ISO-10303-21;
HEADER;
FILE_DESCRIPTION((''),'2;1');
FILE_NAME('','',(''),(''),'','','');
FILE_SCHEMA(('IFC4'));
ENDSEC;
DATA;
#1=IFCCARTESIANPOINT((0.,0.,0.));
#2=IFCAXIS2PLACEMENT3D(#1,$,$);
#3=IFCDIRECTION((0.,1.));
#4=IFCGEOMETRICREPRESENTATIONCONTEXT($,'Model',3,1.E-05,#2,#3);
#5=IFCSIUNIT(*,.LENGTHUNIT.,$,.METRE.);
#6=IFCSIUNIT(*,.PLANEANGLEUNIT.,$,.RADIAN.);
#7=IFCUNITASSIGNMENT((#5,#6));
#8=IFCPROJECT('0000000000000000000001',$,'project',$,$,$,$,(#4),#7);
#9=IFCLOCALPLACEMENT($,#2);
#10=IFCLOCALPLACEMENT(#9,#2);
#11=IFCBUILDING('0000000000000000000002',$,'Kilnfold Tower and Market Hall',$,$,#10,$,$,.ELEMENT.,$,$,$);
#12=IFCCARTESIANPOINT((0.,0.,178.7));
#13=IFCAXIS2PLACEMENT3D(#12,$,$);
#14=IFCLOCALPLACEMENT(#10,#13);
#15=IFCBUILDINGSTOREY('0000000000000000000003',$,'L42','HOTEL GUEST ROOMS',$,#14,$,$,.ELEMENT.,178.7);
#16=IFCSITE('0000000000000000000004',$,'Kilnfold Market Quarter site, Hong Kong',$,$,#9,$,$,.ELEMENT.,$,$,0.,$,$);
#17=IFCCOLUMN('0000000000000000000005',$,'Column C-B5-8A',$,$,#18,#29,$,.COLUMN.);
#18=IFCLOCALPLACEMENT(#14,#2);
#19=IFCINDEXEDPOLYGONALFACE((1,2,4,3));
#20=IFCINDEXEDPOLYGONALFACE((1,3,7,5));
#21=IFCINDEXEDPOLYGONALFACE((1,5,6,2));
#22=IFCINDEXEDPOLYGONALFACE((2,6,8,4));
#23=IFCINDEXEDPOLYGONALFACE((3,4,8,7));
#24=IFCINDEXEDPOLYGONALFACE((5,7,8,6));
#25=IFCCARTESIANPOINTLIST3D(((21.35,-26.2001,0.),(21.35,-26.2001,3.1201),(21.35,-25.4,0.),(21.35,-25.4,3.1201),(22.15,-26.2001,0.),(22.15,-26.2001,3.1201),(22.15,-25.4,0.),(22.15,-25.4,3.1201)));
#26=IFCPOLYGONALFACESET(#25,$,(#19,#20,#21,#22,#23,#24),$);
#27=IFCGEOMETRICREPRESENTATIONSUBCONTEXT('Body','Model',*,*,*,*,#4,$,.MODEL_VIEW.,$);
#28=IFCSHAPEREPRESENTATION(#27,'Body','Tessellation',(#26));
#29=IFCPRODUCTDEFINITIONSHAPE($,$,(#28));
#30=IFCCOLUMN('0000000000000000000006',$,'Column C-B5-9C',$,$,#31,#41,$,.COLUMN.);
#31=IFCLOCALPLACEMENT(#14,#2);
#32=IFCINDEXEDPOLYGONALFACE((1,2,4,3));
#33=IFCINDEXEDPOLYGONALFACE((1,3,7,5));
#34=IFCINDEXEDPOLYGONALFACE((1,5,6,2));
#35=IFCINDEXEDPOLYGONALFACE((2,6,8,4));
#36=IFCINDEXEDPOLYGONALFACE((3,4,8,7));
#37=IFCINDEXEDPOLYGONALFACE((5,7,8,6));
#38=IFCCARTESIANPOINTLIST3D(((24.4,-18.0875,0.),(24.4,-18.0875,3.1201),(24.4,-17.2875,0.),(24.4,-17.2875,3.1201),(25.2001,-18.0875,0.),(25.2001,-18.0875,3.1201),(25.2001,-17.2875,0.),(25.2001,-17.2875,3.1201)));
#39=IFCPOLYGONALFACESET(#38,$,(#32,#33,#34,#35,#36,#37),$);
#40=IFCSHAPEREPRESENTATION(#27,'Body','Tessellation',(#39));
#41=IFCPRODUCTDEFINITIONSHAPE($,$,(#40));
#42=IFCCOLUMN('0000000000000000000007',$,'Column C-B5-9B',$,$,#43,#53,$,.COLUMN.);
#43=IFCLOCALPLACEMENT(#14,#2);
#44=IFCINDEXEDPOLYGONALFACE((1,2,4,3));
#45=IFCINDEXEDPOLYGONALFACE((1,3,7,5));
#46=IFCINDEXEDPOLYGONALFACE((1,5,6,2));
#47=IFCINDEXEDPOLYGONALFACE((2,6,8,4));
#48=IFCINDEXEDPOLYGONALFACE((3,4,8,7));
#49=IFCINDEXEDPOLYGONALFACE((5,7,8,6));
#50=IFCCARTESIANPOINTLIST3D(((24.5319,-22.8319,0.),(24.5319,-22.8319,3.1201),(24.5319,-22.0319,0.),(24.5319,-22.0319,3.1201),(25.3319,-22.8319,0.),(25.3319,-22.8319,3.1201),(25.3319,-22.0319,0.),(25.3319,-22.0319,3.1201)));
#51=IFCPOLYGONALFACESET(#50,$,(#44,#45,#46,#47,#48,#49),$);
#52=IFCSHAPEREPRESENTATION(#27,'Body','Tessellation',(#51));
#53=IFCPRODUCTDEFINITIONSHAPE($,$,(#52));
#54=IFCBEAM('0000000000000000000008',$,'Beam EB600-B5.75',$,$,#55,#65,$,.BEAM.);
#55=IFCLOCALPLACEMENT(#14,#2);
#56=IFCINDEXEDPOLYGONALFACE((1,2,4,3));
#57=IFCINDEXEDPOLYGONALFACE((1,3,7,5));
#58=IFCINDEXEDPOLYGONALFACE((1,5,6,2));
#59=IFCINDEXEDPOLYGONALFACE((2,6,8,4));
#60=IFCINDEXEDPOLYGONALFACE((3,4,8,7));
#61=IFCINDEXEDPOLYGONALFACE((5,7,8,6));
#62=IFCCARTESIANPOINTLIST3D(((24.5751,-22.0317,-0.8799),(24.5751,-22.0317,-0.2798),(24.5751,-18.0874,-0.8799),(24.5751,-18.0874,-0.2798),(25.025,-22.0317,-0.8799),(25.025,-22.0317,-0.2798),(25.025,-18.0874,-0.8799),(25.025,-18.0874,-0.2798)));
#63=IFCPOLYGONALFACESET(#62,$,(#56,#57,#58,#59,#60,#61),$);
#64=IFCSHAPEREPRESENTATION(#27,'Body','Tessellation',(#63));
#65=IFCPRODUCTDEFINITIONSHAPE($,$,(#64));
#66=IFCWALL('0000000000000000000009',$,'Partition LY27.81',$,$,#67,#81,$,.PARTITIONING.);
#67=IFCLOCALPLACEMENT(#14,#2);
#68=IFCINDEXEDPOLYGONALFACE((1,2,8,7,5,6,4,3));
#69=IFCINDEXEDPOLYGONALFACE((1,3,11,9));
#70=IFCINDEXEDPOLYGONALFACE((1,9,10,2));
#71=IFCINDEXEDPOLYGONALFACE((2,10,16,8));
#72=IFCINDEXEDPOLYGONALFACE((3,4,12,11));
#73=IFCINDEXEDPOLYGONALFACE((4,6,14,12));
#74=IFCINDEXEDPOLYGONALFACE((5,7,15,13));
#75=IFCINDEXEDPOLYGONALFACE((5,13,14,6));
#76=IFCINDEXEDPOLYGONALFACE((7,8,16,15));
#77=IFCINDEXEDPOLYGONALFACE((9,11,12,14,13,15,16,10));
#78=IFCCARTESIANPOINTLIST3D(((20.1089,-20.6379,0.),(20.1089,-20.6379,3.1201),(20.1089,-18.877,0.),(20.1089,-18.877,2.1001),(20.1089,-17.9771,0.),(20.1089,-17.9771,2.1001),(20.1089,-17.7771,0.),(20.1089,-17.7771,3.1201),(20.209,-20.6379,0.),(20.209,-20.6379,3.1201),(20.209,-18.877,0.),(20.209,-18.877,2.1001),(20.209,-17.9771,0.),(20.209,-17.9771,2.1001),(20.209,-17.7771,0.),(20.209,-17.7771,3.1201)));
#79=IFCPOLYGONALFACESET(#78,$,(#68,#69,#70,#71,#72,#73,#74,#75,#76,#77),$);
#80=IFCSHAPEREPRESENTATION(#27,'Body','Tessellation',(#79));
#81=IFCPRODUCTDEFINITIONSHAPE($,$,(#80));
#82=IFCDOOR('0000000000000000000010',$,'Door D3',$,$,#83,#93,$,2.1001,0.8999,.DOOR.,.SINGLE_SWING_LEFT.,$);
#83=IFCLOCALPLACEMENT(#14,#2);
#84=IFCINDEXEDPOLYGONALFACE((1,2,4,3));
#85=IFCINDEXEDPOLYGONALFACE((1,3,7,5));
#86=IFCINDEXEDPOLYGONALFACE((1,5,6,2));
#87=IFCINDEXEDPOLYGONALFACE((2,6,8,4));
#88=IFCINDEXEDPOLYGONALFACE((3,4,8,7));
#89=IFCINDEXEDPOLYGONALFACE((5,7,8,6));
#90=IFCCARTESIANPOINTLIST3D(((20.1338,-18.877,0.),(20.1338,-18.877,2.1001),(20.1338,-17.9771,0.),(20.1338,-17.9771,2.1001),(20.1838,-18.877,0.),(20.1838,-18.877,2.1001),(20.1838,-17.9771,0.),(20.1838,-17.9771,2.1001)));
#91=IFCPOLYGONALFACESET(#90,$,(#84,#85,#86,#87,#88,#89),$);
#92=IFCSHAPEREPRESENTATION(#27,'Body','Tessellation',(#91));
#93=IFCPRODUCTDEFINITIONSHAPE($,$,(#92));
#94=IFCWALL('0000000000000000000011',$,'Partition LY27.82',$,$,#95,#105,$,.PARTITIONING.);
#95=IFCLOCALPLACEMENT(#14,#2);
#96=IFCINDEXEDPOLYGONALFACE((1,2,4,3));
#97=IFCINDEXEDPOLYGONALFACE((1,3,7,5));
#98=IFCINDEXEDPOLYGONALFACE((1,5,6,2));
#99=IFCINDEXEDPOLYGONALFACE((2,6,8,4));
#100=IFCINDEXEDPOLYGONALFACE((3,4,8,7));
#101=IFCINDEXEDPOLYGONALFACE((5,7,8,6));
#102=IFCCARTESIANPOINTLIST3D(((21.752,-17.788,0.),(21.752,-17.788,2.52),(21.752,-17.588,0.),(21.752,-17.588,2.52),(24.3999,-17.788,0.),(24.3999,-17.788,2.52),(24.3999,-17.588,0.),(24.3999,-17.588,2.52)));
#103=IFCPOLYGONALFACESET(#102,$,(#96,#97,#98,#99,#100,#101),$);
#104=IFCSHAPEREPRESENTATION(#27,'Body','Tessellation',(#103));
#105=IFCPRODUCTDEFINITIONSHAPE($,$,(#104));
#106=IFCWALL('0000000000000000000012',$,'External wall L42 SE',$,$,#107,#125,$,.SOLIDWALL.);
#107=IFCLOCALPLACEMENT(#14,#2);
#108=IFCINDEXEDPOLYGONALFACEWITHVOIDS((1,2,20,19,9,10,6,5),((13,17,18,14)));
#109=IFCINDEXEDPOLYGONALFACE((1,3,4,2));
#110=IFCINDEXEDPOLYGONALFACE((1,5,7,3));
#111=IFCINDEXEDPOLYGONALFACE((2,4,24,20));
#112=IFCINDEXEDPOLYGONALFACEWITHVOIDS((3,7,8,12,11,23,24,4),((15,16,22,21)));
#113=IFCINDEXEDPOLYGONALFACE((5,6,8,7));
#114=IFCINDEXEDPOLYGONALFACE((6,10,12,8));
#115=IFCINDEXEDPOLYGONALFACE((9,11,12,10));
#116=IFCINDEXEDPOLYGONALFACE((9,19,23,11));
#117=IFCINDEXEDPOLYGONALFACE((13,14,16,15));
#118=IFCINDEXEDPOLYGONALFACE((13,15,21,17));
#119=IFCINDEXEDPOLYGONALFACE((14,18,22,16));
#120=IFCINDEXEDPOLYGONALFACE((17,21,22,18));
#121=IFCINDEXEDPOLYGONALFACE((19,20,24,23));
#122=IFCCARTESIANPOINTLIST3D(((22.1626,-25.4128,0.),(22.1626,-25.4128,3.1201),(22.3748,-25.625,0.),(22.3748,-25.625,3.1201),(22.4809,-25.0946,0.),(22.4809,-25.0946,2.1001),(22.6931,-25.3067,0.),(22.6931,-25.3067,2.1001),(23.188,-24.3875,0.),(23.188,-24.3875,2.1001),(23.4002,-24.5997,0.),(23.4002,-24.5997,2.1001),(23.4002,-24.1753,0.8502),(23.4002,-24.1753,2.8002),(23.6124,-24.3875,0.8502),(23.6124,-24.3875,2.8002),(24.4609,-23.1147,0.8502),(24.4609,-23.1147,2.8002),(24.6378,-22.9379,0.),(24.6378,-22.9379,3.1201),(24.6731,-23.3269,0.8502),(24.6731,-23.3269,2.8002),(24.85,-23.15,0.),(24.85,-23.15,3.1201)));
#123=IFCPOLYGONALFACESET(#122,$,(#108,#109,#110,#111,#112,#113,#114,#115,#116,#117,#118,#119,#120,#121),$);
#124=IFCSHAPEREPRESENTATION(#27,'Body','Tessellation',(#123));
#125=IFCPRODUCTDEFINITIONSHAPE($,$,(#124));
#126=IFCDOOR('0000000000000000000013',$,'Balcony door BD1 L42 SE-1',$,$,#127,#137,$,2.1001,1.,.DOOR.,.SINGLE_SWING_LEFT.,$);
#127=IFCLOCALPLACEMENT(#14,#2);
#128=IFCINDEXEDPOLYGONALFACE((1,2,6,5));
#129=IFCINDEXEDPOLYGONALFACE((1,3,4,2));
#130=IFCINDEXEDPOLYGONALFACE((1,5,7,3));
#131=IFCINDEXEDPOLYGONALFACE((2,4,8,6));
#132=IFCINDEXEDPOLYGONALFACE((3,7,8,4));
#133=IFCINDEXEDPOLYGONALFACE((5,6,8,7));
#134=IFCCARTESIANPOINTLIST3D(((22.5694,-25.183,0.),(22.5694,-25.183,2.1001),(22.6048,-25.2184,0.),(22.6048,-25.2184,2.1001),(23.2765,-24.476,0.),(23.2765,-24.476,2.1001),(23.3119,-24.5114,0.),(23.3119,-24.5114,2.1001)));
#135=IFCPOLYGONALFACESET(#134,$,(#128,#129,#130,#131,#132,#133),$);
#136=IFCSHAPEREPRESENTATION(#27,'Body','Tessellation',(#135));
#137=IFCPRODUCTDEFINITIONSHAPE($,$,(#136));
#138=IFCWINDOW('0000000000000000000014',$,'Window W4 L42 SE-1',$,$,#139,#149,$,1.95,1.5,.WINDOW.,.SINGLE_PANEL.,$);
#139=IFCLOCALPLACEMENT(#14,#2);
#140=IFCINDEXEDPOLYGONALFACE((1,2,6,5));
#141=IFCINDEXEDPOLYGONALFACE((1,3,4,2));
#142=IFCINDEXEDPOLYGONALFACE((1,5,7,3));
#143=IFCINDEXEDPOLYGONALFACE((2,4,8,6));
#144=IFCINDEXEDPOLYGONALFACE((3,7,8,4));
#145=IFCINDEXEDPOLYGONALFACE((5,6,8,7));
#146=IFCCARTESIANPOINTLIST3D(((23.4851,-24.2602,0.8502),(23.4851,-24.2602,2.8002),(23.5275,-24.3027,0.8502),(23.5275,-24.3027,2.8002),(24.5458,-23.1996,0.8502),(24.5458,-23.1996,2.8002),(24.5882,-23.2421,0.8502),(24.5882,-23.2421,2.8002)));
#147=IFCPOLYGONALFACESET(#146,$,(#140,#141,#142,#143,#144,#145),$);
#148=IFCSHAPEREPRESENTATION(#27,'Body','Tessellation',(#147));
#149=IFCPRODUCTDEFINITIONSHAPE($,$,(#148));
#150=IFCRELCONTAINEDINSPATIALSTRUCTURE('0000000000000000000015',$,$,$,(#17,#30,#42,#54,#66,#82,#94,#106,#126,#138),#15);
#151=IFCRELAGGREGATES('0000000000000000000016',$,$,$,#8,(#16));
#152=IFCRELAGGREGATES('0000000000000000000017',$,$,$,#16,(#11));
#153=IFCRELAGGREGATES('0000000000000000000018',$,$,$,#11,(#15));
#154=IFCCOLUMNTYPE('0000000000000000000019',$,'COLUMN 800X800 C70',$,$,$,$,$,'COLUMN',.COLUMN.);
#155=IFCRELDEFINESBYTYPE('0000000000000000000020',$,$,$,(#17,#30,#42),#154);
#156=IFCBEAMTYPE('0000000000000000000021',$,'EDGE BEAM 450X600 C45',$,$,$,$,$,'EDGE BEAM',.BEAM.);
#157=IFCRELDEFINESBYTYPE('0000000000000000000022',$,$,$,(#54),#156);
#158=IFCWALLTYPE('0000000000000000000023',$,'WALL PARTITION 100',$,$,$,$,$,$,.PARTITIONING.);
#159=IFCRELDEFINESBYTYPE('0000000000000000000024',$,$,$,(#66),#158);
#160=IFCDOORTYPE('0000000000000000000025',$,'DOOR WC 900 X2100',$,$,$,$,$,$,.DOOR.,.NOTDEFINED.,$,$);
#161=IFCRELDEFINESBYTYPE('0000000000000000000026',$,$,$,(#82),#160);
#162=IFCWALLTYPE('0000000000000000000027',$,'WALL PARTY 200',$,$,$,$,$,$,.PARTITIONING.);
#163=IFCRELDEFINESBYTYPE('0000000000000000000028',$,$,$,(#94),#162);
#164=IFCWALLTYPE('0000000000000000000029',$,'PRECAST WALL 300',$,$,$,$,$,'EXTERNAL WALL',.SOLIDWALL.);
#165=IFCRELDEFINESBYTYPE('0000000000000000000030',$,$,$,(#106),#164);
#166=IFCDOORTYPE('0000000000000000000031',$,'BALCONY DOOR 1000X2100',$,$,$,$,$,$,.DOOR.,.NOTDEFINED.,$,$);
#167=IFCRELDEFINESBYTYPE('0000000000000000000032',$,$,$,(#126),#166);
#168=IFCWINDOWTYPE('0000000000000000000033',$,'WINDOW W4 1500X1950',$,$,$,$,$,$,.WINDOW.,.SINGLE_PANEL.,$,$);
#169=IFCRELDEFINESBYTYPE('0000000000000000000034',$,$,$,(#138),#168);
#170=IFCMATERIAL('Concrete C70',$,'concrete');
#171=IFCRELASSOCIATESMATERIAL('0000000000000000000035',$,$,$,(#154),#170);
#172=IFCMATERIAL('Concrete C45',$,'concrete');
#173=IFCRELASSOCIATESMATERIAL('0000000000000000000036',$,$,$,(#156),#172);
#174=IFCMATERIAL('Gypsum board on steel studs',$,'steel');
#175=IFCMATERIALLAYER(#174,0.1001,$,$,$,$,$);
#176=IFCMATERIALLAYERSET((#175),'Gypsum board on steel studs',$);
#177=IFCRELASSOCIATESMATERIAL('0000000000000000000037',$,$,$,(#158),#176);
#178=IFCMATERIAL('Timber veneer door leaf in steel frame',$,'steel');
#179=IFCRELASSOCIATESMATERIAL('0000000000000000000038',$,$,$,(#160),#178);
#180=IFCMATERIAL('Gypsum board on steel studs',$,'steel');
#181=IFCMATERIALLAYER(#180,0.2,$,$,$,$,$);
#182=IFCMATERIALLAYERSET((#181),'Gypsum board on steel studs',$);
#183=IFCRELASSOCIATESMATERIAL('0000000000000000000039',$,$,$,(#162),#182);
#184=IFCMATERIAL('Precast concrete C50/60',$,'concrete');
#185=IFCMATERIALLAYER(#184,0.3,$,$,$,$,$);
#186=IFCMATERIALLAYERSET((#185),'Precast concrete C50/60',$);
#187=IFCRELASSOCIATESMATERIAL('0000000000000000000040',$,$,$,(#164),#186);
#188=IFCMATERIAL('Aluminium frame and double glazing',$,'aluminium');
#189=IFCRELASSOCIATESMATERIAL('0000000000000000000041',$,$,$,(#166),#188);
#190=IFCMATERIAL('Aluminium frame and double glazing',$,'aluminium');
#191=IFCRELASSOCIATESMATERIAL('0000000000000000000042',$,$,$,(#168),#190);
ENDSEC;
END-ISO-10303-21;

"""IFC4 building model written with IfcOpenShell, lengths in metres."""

from ifc_helpers import new_model, si_unit, direction, frame, frame_2d, origin, origin_2d, place, context, subcontext, project, spatial, rectangle, extrude, source, transform, mapped, material, layer, layer_set, material_profile, profile_set, type_object, element, fill, save


model = new_model("IFC4")

# Units and contexts
model_context = context("Model", 3, precision=1e-05, world=origin(), true_north=direction((0.0, 1.0)))
body_context = subcontext(model_context, "Body", "Model", "MODEL_VIEW")
ifc_project = project(units=[si_unit("LENGTHUNIT", "METRE"), si_unit("PLANEANGLEUNIT", "RADIAN")], contexts=[model_context])

# Site, building, storey
site_placement = place(None, origin())
site = spatial("IfcSite", under=ifc_project, at=site_placement, Name="Kilnfold Market Quarter site, Hong Kong", CompositionType="ELEMENT", RefElevation=0.0)
building_placement = place(site_placement, origin())
building = spatial("IfcBuilding", under=site, at=building_placement, Name="Kilnfold Tower and Market Hall", CompositionType="ELEMENT")
storey_placement = place(building_placement, frame((0.0, 0.0, 178.7)))
storey = spatial("IfcBuildingStorey", under=building, at=storey_placement, Name="L42", Description="HOTEL GUEST ROOMS", CompositionType="ELEMENT", Elevation=178.7)

# Columns
ifc_material_1 = material(Name="Concrete C70", Category="concrete")
ifc_material_profile_1 = material_profile(ifc_material_1, rectangle(XDim=0.8, YDim=0.8, at=origin_2d()), Name="RC 800x800")
ifc_profile_set_1 = profile_set([ifc_material_profile_1], Name="Concrete C70")
column_type = type_object("IfcColumnType", Name="COLUMN 800X800 C70", ElementType="COLUMN", PredefinedType="COLUMN", material=ifc_profile_set_1)
shared_shape_1 = source(origin(), body_context, "Body", "SweptSolid", [
    extrude(rectangle(XDim=0.8, YDim=0.8, at=origin_2d()), origin(), (0.0, 0.0, 1.0), 3.1201),
])
for number, where, z_axis, x_axis, name in (
    (1, (21.75, -25.8, 0.0), (0.0, 0.0, 1.0), (1.0, 0.0, 0.0), "Column C-B5-8A"),
    (2, (24.8, -17.6875, 0.0), (0.0, 0.0, 1.0), (1.0, 0.0, 0.0), "Column C-B5-9C"),
    (3, (24.9319, -22.4319, 0.0), (0.0, 0.0, 1.0), (1.0, 0.0, 0.0), "Column C-B5-9B"),
):
    element("IfcColumn", number, at=place(storey_placement, frame(where, z_axis=z_axis, x_axis=x_axis)), inside=storey, type_object=column_type, Name=name, PredefinedType="COLUMN", context=body_context, shape_type="MappedRepresentation", body=[
        mapped(shared_shape_1, transform((0.0, 0.0, 0.0))),
    ])

# Beam
ifc_material_2 = material(Name="Concrete C45", Category="concrete")
ifc_material_profile_2 = material_profile(ifc_material_2, rectangle(XDim=0.45, YDim=0.6001, at=origin_2d()), Name="RC 450x600")
ifc_profile_set_2 = profile_set([ifc_material_profile_2], Name="Concrete C45")
beam_type = type_object("IfcBeamType", Name="EDGE BEAM 450X600 C45", ElementType="EDGE BEAM", PredefinedType="BEAM", material=ifc_profile_set_2)
shared_shape_2 = source(origin(), body_context, "Body", "SweptSolid", [
    extrude(rectangle(XDim=0.45, YDim=0.6001, at=origin_2d()), origin(), (0.0, 0.0, 1.0), 3.9443),
])
beam_placement = place(storey_placement, frame((24.8, -22.0317, -0.5798), z_axis=(0.0, 1.0, 0.0), x_axis=(-1.0, 0.0, 0.0)))
element("IfcBeam", 4, at=beam_placement, inside=storey, type_object=beam_type, Name="Beam EB600-B5.75", PredefinedType="BEAM", context=body_context, shape_type="MappedRepresentation", body=[
    mapped(shared_shape_2, transform((0.0, 0.0, 0.0))),
])

# Wall, opening, door
ifc_material_3 = material(Name="Gypsum board on steel studs", Category="steel")
ifc_layer_1 = layer(ifc_material_3, 0.1001)
ifc_layer_set_1 = layer_set([ifc_layer_1], Name="Gypsum board on steel studs")
wall_type_1 = type_object("IfcWallType", Name="WALL PARTITION 100", PredefinedType="PARTITIONING", material=ifc_layer_set_1)
wall_1_placement = place(storey_placement, frame((20.1589, -17.7771, 0.0), z_axis=(0.0, 0.0, 1.0), x_axis=(0.0, -1.0, 0.0)))
wall_1 = element("IfcWall", 5, at=wall_1_placement, inside=storey, type_object=wall_type_1, Name="Partition LY27.81", PredefinedType="PARTITIONING", context=body_context, shape_type="SweptSolid", body=[
    extrude(rectangle(XDim=2.8608, YDim=0.1001, at=frame_2d((1.4304, 0.0))), origin(), (0.0, 0.0, 1.0), 3.1201),
])
opening_1_placement = place(wall_1_placement, frame((0.2, 0.0, 0.0)))
opening_1 = element("IfcOpeningElement", 6, at=opening_1_placement, cuts=wall_1, PredefinedType="OPENING", context=body_context, shape_type="SweptSolid", body=[
    extrude(rectangle(XDim=0.8999, YDim=2.1001, at=frame_2d((0.45, 1.05))), frame((0.0, 0.0601, 0.0), z_axis=(0.0, -1.0, 0.0), x_axis=(1.0, 0.0, 0.0)), (0.0, 0.0, 1.0), 0.1201),
])
ifc_material_4 = material(Name="Timber veneer door leaf in steel frame", Category="steel")
door_type_1 = type_object("IfcDoorType", Name="DOOR WC 900 X2100", OperationType="NOTDEFINED", PredefinedType="DOOR", material=ifc_material_4)
door_1_placement = place(opening_1_placement, origin())
door_1 = element("IfcDoor", 7, at=door_1_placement, inside=storey, type_object=door_type_1, Name="Door D3", OperationType="SINGLE_SWING_LEFT", OverallHeight=2.1001, OverallWidth=0.8999, PredefinedType="DOOR", context=body_context, shape_type="SweptSolid", body=[
    extrude(rectangle(XDim=0.8999, YDim=2.1001, at=frame_2d((0.45, 1.05))), frame((0.0, 0.0249, 0.0), z_axis=(0.0, -1.0, 0.0), x_axis=(1.0, 0.0, 0.0)), (0.0, 0.0, 1.0), 0.05),
])
fill(opening_1, door_1)

# Wall
ifc_material_5 = material(Name="Gypsum board on steel studs", Category="steel")
ifc_layer_2 = layer(ifc_material_5, 0.2)
ifc_layer_set_2 = layer_set([ifc_layer_2], Name="Gypsum board on steel studs")
wall_type_2 = type_object("IfcWallType", Name="WALL PARTY 200", PredefinedType="PARTITIONING", material=ifc_layer_set_2)
wall_2_placement = place(storey_placement, frame((21.752, -17.688, 0.0), z_axis=(0.0, 0.0, 1.0), x_axis=(1.0, 0.0, 0.0)))
element("IfcWall", 8, at=wall_2_placement, inside=storey, type_object=wall_type_2, Name="Partition LY27.82", PredefinedType="PARTITIONING", context=body_context, shape_type="SweptSolid", body=[
    extrude(rectangle(XDim=2.6479, YDim=0.2, at=frame_2d((1.324, 0.0))), origin(), (0.0, 0.0, 1.0), 2.52),
])

# Wall, openings, door, window
ifc_material_6 = material(Name="Precast concrete C50/60", Category="concrete")
ifc_layer_3 = layer(ifc_material_6, 0.3)
ifc_layer_set_3 = layer_set([ifc_layer_3], Name="Precast concrete C50/60")
wall_type_3 = type_object("IfcWallType", Name="PRECAST WALL 300", ElementType="EXTERNAL WALL", PredefinedType="SOLIDWALL", material=ifc_layer_set_3)
shared_shape_3 = source(origin(), body_context, "Body", "SweptSolid", [
    extrude(rectangle(XDim=3.5002, YDim=0.3, at=frame_2d((1.75, 0.0))), origin(), (0.0, 0.0, 1.0), 3.1201),
])
wall_3_placement = place(storey_placement, frame((22.2688, -25.5188, 0.0), z_axis=(0.0, 0.0, 1.0), x_axis=(0.707142, 0.707072, 0.0)))
wall_3 = element("IfcWall", 9, at=wall_3_placement, inside=storey, type_object=wall_type_3, Name="External wall L42 SE", PredefinedType="SOLIDWALL", context=body_context, shape_type="MappedRepresentation", body=[
    mapped(shared_shape_3, transform((0.0, 0.0, 0.0))),
])
opening_2_placement = place(wall_3_placement, frame((1.75, 0.0, 0.8501)))
opening_2 = element("IfcOpeningElement", 10, at=opening_2_placement, cuts=wall_3, PredefinedType="OPENING", context=body_context, shape_type="SweptSolid", body=[
    extrude(rectangle(XDim=1.5, YDim=1.95, at=frame_2d((0.75, 0.9751))), frame((0.0, 0.1602, 0.0), z_axis=(0.0, -1.0, 0.0), x_axis=(1.0, 0.0, 0.0)), (0.0, 0.0, 1.0), 0.3201),
])
opening_3_placement = place(wall_3_placement, frame((0.45, 0.0, 0.0)))
opening_3 = element("IfcOpeningElement", 11, at=opening_3_placement, cuts=wall_3, PredefinedType="OPENING", context=body_context, shape_type="SweptSolid", body=[
    extrude(rectangle(XDim=1.0, YDim=2.1001, at=frame_2d((0.5, 1.05))), frame((0.0, 0.1602, 0.0), z_axis=(0.0, -1.0, 0.0), x_axis=(1.0, 0.0, 0.0)), (0.0, 0.0, 1.0), 0.3201),
])
ifc_material_7 = material(Name="Aluminium frame and double glazing", Category="aluminium")
door_type_2 = type_object("IfcDoorType", Name="BALCONY DOOR 1000X2100", OperationType="NOTDEFINED", PredefinedType="DOOR", material=ifc_material_7)
door_2_placement = place(opening_3_placement, origin())
door_2 = element("IfcDoor", 12, at=door_2_placement, inside=storey, type_object=door_type_2, Name="Balcony door BD1 L42 SE-1", OperationType="SINGLE_SWING_LEFT", OverallHeight=2.1001, OverallWidth=1.0, PredefinedType="DOOR", context=body_context, shape_type="SweptSolid", body=[
    extrude(rectangle(XDim=1.0, YDim=2.1001, at=frame_2d((0.5, 1.05))), frame((0.0, 0.0249, 0.0), z_axis=(0.0, -1.0, 0.0), x_axis=(1.0, 0.0, 0.0)), (0.0, 0.0, 1.0), 0.05),
])
fill(opening_3, door_2)
ifc_material_8 = material(Name="Aluminium frame and double glazing", Category="aluminium")
window_type = type_object("IfcWindowType", Name="WINDOW W4 1500X1950", PartitioningType="SINGLE_PANEL", PredefinedType="WINDOW", material=ifc_material_8)
window_1_placement = place(opening_2_placement, origin())
window_1 = element("IfcWindow", 13, at=window_1_placement, inside=storey, type_object=window_type, Name="Window W4 L42 SE-1", OverallHeight=1.95, OverallWidth=1.5, PartitioningType="SINGLE_PANEL", PredefinedType="WINDOW", context=body_context, shape_type="SweptSolid", body=[
    extrude(rectangle(XDim=1.5, YDim=1.95, at=frame_2d((0.75, 0.9751))), frame((0.0, 0.03, 0.0), z_axis=(0.0, -1.0, 0.0), x_axis=(1.0, 0.0, 0.0)), (0.0, 0.0, 1.0), 0.0601),
])
fill(opening_2, window_1)

save(model, "model.ifc")
